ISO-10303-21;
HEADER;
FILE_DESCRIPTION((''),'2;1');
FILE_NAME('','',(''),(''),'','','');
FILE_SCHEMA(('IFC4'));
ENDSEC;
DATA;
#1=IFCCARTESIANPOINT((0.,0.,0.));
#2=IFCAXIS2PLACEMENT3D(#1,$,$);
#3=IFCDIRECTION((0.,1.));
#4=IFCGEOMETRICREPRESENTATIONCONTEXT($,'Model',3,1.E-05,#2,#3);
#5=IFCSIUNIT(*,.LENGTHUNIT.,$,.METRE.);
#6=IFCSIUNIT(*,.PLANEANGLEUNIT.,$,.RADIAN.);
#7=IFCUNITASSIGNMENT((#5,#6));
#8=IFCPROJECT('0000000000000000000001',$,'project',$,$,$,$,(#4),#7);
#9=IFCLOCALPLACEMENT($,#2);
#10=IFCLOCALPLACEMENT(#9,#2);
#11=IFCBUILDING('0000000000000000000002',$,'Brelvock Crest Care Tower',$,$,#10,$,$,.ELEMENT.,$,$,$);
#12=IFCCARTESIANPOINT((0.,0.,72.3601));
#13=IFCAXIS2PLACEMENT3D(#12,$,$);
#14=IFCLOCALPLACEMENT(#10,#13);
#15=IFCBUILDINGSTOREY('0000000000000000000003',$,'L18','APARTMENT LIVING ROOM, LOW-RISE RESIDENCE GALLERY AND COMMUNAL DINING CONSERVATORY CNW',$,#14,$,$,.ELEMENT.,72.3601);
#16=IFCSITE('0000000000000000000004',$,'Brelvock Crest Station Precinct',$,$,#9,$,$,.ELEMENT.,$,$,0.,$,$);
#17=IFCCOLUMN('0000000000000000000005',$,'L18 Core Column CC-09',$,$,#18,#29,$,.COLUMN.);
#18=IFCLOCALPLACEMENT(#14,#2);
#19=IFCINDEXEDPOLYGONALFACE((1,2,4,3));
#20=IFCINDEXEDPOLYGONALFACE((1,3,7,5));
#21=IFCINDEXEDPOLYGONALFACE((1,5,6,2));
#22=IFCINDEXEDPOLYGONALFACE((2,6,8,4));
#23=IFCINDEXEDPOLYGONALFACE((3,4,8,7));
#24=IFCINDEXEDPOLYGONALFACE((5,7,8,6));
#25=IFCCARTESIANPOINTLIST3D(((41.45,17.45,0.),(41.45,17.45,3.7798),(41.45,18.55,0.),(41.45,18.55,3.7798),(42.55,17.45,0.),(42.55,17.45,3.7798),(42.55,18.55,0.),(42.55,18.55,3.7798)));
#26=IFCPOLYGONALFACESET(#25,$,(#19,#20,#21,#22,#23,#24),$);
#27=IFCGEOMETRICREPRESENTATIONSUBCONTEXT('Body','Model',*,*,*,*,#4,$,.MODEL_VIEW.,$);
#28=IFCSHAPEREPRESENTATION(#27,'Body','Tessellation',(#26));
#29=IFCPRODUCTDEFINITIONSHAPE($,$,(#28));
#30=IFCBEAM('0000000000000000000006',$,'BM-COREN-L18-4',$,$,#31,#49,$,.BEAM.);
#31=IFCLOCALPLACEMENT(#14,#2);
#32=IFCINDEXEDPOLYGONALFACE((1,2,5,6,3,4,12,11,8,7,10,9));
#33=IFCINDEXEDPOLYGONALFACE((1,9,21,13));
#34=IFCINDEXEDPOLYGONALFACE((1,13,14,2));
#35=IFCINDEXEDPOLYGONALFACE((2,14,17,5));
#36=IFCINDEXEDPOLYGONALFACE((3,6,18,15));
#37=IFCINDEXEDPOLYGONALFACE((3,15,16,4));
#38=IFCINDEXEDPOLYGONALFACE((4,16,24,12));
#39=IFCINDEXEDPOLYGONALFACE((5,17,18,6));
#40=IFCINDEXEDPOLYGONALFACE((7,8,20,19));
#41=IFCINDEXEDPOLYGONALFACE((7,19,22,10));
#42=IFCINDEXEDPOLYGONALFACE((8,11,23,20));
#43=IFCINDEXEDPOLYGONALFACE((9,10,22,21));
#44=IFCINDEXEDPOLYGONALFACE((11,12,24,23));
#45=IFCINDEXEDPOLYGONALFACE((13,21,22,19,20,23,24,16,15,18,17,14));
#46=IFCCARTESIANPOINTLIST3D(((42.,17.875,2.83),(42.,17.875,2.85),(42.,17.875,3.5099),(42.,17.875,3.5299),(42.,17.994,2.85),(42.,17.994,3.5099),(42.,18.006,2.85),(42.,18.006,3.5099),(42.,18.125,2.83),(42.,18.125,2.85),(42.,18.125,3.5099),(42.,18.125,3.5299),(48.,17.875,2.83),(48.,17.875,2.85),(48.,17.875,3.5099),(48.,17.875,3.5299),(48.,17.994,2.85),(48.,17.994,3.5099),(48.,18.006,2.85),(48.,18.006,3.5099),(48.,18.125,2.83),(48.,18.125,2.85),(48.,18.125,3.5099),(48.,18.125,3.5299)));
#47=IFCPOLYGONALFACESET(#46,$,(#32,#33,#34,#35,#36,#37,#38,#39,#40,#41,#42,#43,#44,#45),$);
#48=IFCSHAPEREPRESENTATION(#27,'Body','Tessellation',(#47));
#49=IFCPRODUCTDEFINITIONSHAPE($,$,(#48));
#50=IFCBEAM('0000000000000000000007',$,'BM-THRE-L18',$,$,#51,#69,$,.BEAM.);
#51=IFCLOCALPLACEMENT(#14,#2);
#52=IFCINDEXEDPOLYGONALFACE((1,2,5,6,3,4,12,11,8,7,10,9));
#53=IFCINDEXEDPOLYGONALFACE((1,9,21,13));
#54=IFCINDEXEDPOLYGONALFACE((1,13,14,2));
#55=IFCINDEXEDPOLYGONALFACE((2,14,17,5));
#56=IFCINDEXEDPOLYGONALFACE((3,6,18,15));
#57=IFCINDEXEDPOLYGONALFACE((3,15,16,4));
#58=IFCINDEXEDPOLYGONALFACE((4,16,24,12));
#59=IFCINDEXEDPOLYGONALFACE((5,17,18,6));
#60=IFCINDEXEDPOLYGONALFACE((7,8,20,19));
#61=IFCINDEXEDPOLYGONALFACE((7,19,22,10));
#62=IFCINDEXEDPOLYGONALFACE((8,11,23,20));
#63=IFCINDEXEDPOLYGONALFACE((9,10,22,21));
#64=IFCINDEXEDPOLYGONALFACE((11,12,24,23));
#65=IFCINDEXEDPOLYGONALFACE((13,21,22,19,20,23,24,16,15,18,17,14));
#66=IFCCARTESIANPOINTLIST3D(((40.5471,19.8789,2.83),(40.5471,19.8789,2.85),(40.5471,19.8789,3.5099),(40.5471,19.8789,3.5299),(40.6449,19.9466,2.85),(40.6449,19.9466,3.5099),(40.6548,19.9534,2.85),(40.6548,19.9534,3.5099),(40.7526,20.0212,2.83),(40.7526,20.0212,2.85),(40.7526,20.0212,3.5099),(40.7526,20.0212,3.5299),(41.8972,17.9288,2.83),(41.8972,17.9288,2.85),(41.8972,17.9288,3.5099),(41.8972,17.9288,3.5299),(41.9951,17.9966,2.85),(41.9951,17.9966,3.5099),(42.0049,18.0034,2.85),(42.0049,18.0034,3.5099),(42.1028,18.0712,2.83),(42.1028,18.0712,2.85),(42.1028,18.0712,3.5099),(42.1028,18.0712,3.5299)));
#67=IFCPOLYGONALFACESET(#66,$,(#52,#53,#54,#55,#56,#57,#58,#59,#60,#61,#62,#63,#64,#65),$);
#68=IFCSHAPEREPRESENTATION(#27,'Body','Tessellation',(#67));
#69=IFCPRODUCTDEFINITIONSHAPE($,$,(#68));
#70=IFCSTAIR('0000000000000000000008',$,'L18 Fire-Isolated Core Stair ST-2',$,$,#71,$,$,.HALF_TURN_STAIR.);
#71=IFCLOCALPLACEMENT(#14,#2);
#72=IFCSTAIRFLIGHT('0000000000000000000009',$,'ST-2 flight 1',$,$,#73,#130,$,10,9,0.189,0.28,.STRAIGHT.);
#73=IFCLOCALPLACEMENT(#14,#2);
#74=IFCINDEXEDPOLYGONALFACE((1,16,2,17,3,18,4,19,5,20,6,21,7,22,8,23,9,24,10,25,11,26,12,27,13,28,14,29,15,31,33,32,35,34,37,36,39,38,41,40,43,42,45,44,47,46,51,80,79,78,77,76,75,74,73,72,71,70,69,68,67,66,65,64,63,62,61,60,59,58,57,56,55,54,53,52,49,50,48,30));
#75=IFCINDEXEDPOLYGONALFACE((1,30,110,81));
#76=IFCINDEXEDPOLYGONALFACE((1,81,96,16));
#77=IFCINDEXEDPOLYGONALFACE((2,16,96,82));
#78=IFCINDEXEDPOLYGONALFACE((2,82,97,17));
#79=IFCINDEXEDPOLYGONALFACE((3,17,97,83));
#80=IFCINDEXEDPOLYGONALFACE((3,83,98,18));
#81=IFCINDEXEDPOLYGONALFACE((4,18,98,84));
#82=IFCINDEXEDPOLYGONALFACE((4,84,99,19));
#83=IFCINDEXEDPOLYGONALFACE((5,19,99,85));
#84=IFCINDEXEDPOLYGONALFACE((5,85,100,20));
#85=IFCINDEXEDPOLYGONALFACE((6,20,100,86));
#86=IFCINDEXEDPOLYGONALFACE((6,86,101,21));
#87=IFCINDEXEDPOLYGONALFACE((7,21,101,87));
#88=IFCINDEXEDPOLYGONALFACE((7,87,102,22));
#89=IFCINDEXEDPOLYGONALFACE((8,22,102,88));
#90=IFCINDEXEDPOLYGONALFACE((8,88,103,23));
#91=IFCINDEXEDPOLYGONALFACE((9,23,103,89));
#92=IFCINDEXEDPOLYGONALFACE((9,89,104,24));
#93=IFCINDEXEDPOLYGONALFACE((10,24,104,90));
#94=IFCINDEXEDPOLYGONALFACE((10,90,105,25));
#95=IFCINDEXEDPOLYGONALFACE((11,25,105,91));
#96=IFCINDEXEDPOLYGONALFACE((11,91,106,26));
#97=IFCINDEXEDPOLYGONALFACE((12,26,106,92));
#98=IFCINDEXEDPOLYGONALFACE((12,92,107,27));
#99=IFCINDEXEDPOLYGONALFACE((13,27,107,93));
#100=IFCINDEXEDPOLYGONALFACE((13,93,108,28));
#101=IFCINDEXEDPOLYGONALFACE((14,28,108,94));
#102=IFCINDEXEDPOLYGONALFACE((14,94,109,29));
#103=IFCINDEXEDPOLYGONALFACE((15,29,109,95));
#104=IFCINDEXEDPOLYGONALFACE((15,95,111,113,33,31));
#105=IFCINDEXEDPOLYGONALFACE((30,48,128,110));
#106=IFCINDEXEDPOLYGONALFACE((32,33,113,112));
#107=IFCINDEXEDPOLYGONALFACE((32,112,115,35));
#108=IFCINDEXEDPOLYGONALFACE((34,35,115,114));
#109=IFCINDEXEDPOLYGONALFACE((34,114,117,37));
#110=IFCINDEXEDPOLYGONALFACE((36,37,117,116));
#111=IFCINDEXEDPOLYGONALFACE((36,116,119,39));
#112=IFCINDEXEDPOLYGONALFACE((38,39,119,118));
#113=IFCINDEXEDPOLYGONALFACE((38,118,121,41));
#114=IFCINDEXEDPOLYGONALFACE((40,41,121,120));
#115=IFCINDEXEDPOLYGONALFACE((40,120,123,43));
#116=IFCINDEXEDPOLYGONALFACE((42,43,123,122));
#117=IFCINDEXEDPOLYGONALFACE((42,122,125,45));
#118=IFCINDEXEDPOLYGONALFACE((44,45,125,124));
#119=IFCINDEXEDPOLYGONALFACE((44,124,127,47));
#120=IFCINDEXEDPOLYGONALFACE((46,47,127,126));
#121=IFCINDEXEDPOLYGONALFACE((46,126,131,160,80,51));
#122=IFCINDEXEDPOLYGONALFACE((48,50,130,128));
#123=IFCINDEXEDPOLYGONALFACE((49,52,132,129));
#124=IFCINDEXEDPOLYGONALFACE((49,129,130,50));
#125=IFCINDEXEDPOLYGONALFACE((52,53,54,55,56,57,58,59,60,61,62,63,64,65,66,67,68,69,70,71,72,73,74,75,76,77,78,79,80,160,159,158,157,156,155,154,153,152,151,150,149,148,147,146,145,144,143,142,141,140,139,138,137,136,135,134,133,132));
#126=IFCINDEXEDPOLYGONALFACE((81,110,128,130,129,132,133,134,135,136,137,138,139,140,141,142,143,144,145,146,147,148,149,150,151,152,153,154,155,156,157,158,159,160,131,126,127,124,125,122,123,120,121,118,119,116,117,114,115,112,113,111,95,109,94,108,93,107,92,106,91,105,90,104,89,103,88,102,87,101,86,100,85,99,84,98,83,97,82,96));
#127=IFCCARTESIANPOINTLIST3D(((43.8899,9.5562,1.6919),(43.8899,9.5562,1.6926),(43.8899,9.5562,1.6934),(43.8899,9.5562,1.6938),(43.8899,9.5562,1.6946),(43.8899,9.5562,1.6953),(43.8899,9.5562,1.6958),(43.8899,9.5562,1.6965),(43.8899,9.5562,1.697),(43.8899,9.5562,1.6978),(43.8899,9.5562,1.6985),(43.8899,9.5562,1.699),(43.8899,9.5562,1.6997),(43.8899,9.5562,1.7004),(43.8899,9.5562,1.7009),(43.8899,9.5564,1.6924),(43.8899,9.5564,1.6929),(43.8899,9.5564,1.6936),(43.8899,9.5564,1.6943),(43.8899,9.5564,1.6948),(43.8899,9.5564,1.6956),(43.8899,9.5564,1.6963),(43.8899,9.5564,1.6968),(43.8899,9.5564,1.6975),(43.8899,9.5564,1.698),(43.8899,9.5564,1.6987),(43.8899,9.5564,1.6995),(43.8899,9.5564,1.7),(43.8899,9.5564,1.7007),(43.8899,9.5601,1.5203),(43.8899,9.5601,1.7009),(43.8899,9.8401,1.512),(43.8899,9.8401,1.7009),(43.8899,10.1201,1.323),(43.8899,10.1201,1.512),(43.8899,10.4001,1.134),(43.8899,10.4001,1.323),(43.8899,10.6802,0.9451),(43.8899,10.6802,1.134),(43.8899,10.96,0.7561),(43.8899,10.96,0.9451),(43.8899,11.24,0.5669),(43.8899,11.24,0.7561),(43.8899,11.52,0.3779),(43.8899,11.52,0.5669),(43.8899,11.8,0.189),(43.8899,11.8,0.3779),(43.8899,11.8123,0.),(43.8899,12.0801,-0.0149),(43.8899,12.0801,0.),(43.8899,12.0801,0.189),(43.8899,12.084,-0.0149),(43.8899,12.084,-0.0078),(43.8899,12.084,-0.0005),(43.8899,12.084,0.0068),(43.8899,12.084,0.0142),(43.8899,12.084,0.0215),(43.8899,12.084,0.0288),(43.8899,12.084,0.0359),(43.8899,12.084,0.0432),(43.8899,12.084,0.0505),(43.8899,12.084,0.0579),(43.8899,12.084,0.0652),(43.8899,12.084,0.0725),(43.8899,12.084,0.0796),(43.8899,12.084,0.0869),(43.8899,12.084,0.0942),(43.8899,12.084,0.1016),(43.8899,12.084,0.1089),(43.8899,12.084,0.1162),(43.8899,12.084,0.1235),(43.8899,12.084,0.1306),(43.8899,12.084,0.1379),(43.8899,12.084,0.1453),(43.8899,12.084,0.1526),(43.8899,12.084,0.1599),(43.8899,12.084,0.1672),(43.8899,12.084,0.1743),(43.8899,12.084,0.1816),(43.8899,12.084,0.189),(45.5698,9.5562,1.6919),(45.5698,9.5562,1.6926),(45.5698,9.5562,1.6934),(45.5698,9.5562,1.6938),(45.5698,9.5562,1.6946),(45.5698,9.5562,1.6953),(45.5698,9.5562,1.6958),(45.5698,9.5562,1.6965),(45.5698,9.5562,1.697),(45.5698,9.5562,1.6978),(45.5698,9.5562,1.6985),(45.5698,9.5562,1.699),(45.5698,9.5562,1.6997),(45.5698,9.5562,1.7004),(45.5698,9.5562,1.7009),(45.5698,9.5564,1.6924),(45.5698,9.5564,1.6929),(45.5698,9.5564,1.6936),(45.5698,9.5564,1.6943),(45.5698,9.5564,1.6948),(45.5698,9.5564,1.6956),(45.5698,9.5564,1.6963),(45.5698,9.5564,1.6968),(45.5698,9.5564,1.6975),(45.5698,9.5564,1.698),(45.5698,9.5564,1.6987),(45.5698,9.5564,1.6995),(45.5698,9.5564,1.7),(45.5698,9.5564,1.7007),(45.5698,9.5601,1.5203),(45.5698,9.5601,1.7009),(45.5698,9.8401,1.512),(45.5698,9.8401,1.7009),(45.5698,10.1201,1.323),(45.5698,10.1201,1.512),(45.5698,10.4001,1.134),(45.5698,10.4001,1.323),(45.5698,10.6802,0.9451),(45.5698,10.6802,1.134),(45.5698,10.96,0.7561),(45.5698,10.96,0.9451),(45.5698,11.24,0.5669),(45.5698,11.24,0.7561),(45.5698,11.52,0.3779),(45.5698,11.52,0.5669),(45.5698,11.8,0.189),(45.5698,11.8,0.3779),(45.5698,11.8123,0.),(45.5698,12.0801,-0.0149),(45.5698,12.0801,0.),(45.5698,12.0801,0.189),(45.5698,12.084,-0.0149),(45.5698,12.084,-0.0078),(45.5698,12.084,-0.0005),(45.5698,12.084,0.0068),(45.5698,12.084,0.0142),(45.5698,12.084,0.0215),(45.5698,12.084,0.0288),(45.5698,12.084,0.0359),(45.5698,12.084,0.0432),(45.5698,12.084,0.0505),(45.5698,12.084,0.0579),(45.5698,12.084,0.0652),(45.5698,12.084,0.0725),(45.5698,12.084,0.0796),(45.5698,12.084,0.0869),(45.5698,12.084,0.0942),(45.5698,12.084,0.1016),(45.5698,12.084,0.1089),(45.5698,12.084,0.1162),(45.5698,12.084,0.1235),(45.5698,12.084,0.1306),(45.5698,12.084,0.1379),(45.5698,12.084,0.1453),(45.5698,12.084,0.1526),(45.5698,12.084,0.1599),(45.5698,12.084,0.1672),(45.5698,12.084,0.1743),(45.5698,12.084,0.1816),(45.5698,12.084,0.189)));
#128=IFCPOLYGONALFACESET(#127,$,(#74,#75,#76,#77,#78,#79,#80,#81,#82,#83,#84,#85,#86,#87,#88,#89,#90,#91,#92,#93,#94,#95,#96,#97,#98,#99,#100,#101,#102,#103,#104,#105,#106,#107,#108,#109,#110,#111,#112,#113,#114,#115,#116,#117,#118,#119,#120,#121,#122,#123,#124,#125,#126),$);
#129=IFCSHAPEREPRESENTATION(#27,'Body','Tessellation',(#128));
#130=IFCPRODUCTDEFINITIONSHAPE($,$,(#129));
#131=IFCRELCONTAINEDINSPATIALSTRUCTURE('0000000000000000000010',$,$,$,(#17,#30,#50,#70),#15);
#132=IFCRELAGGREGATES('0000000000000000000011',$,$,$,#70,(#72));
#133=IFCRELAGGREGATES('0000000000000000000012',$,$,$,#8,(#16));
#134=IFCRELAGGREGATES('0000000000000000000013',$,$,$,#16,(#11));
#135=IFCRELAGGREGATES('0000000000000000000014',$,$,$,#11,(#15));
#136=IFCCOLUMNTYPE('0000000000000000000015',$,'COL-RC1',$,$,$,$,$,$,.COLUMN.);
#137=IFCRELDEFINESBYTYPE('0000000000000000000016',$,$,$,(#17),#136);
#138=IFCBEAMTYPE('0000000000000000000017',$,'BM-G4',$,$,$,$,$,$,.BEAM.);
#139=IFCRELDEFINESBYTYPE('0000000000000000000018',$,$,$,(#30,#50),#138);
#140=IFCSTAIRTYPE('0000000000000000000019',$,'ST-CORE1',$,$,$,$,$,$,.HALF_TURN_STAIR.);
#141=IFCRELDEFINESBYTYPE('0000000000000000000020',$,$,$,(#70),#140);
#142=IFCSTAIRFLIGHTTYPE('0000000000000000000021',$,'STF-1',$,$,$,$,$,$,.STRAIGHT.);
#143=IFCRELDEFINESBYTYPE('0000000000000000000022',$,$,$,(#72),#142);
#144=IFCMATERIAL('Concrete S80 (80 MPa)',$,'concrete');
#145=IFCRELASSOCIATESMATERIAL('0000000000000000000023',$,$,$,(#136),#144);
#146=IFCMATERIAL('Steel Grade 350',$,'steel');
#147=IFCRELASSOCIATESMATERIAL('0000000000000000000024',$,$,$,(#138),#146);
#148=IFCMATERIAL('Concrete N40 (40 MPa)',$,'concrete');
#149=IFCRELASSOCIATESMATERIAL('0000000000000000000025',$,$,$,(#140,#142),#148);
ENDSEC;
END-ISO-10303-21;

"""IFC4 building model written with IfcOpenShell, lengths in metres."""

from ifc_helpers import new_model, si_unit, direction, frame, origin, origin_2d, place, context, subcontext, project, spatial, polyline, rectangle, i_section, outline, extrude, source, transform, mapped, material, material_profile, profile_set, type_object, element, aggregate, save


model = new_model("IFC4")

# Units and contexts
model_context = context("Model", 3, precision=1e-05, world=origin(), true_north=direction((0.0, 1.0)))
body_context = subcontext(model_context, "Body", "Model", "MODEL_VIEW")
ifc_project = project(units=[si_unit("LENGTHUNIT", "METRE"), si_unit("PLANEANGLEUNIT", "RADIAN")], contexts=[model_context])

# Site, building, storey
site_placement = place(None, origin())
site = spatial("IfcSite", under=ifc_project, at=site_placement, Name="Brelvock Crest Station Precinct", CompositionType="ELEMENT", RefElevation=0.0)
building_placement = place(site_placement, origin())
building = spatial("IfcBuilding", under=site, at=building_placement, Name="Brelvock Crest Care Tower", CompositionType="ELEMENT")
storey_placement = place(building_placement, frame((0.0, 0.0, 72.3601)))
storey = spatial("IfcBuildingStorey", under=building, at=storey_placement, Name="L18", Description="APARTMENT LIVING ROOM, LOW-RISE RESIDENCE GALLERY AND COMMUNAL DINING CONSERVATORY CNW", CompositionType="ELEMENT", Elevation=72.3601)

# Column
ifc_material_1 = material(Name="Concrete S80 (80 MPa)", Category="concrete")
ifc_material_profile_1 = material_profile(ifc_material_1, rectangle(XDim=1.1001, YDim=1.1001, at=origin_2d()), Name="RC1100x1100")
ifc_profile_set_1 = profile_set([ifc_material_profile_1], Name="Concrete S80 (80 MPa)")
column_type = type_object("IfcColumnType", Name="COL-RC1", PredefinedType="COLUMN", material=ifc_profile_set_1)
shared_shape_1 = source(origin(), body_context, "Body", "SweptSolid", [
    extrude(rectangle(XDim=1.1001, YDim=1.1001, at=origin_2d()), origin(), (0.0, 0.0, 1.0), 3.7798),
])
column_placement = place(storey_placement, frame((42.0, 18.0, 0.0), z_axis=(0.0, 0.0, 1.0), x_axis=(1.0, 0.0, 0.0)))
element("IfcColumn", 1, at=column_placement, inside=storey, type_object=column_type, Name="L18 Core Column CC-09", PredefinedType="COLUMN", context=body_context, shape_type="MappedRepresentation", body=[
    mapped(shared_shape_1, transform((0.0, 0.0, 0.0), x_axis=(1.0, 0.0, 0.0), y_axis=(0.0, 1.0, 0.0), z_axis=(0.0, 0.0, 1.0), scale=1.0)),
])

# Beams
ifc_material_2 = material(Name="Steel Grade 350", Category="steel")
ifc_material_profile_2 = material_profile(ifc_material_2, i_section(OverallWidth=0.25, OverallDepth=0.7, WebThickness=0.012, FlangeThickness=0.02, at=origin_2d()), Name="700WB150")
ifc_profile_set_2 = profile_set([ifc_material_profile_2], Name="Steel Grade 350")
beam_type = type_object("IfcBeamType", Name="BM-G4", PredefinedType="BEAM", material=ifc_profile_set_2)
shared_shape_2 = source(origin(), body_context, "Body", "SweptSolid", [
    extrude(i_section(OverallWidth=0.25, OverallDepth=0.7, WebThickness=0.012, FlangeThickness=0.02, at=origin_2d()), origin(), (0.0, 0.0, 1.0), 6.0),
])
beam_1_placement = place(storey_placement, frame((42.0, 18.0, 3.1799), z_axis=(1.0, 0.0, 0.0), x_axis=(0.0, 1.0, 0.0)))
element("IfcBeam", 2, at=beam_1_placement, inside=storey, type_object=beam_type, Name="BM-COREN-L18-4", PredefinedType="BEAM", context=body_context, shape_type="MappedRepresentation", body=[
    mapped(shared_shape_2, transform((0.0, 0.0, 0.0), x_axis=(1.0, 0.0, 0.0), y_axis=(0.0, 1.0, 0.0), z_axis=(0.0, 0.0, 1.0), scale=1.0)),
])
shared_shape_3 = source(origin(), body_context, "Body", "SweptSolid", [
    extrude(i_section(OverallWidth=0.25, OverallDepth=0.7, WebThickness=0.012, FlangeThickness=0.02, at=origin_2d()), origin(), (0.0, 0.0, 1.0), 2.3718),
])
beam_2_placement = place(storey_placement, frame((42.0, 18.0, 3.1799), z_axis=(-0.569247, 0.822166, 0.0), x_axis=(-0.822166, -0.569247, 0.0)))
element("IfcBeam", 3, at=beam_2_placement, inside=storey, type_object=beam_type, Name="BM-THRE-L18", PredefinedType="BEAM", context=body_context, shape_type="MappedRepresentation", body=[
    mapped(shared_shape_3, transform((0.0, 0.0, 0.0), x_axis=(1.0, 0.0, 0.0), y_axis=(0.0, 1.0, 0.0), z_axis=(0.0, 0.0, 1.0), scale=1.0)),
])

# Stair, stair flight
ifc_material_3 = material(Name="Concrete N40 (40 MPa)", Category="concrete")
stair_type = type_object("IfcStairType", Name="ST-CORE1", PredefinedType="HALF_TURN_STAIR", material=ifc_material_3)
stair_placement = place(storey_placement, origin())
stair = element("IfcStair", 4, at=stair_placement, inside=storey, type_object=stair_type, Name="L18 Fire-Isolated Core Stair ST-2", PredefinedType="HALF_TURN_STAIR")
stair_flight_type = type_object("IfcStairFlightType", Name="STF-1", PredefinedType="STRAIGHT", material=ifc_material_3)
stair_flight_1_placement = place(storey_placement, frame((44.73, 12.0801, 0.0), z_axis=(0.0, 0.0, 1.0), x_axis=(0.0, -1.0, 0.0)))
stair_flight_1 = element("IfcStairFlight", 5, at=stair_flight_1_placement, type_object=stair_flight_type, Name="ST-2 flight 1", NumberOfRisers=10, NumberOfTreads=9, PredefinedType="STRAIGHT", RiserHeight=0.189, TreadLength=0.28, context=body_context, shape_type="SweptSolid", body=[
    extrude(outline(polyline([(-0.0039, -0.0149), (-0.0039, -0.0078), (-0.0039, -0.0005), (-0.0039, 0.0068), (-0.0039, 0.0142), (-0.0039, 0.0215), (-0.0039, 0.0288), (-0.0039, 0.0359), (-0.0039, 0.0432), (-0.0039, 0.0505), (-0.0039, 0.0579), (-0.0039, 0.0652), (-0.0039, 0.0725), (-0.0039, 0.0796), (-0.0039, 0.0869), (-0.0039, 0.0942), (-0.0039, 0.1016), (-0.0039, 0.1089), (-0.0039, 0.1162), (-0.0039, 0.1235), (-0.0039, 0.1306), (-0.0039, 0.1379), (-0.0039, 0.1453), (-0.0039, 0.1526), (-0.0039, 0.1599), (-0.0039, 0.1672), (-0.0039, 0.1743), (-0.0039, 0.1816), (-0.0039, 0.189), (0.0, 0.189), (0.28, 0.189), (0.28, 0.3779), (0.5601, 0.3779), (0.5601, 0.5669), (0.8401, 0.5669), (0.8401, 0.7561), (1.1201, 0.7561), (1.1201, 0.9451), (1.3999, 0.9451), (1.3999, 1.134), (1.6799, 1.134), (1.6799, 1.323), (1.96, 1.323), (1.96, 1.512), (2.24, 1.512), (2.24, 1.7009), (2.52, 1.7009), (2.5239, 1.7009), (2.5237, 1.7007), (2.5239, 1.7004), (2.5237, 1.7), (2.5239, 1.6997), (2.5237, 1.6995), (2.5239, 1.699), (2.5237, 1.6987), (2.5239, 1.6985), (2.5237, 1.698), (2.5239, 1.6978), (2.5237, 1.6975), (2.5239, 1.697), (2.5237, 1.6968), (2.5239, 1.6965), (2.5237, 1.6963), (2.5239, 1.6958), (2.5237, 1.6956), (2.5239, 1.6953), (2.5237, 1.6948), (2.5239, 1.6946), (2.5237, 1.6943), (2.5239, 1.6938), (2.5237, 1.6936), (2.5239, 1.6934), (2.5237, 1.6929), (2.5239, 1.6926), (2.5237, 1.6924), (2.5239, 1.6919), (2.52, 1.5203), (0.2678, 0.0), (0.0, 0.0), (0.0, -0.0149), (-0.0039, -0.0149)])), frame((0.0, 0.8398, 0.0), z_axis=(0.0, -1.0, 0.0), x_axis=(1.0, 0.0, 0.0)), (0.0, 0.0, 1.0), 1.6799),
])
aggregate(stair, [stair_flight_1])

save(model, "model.ifc")
